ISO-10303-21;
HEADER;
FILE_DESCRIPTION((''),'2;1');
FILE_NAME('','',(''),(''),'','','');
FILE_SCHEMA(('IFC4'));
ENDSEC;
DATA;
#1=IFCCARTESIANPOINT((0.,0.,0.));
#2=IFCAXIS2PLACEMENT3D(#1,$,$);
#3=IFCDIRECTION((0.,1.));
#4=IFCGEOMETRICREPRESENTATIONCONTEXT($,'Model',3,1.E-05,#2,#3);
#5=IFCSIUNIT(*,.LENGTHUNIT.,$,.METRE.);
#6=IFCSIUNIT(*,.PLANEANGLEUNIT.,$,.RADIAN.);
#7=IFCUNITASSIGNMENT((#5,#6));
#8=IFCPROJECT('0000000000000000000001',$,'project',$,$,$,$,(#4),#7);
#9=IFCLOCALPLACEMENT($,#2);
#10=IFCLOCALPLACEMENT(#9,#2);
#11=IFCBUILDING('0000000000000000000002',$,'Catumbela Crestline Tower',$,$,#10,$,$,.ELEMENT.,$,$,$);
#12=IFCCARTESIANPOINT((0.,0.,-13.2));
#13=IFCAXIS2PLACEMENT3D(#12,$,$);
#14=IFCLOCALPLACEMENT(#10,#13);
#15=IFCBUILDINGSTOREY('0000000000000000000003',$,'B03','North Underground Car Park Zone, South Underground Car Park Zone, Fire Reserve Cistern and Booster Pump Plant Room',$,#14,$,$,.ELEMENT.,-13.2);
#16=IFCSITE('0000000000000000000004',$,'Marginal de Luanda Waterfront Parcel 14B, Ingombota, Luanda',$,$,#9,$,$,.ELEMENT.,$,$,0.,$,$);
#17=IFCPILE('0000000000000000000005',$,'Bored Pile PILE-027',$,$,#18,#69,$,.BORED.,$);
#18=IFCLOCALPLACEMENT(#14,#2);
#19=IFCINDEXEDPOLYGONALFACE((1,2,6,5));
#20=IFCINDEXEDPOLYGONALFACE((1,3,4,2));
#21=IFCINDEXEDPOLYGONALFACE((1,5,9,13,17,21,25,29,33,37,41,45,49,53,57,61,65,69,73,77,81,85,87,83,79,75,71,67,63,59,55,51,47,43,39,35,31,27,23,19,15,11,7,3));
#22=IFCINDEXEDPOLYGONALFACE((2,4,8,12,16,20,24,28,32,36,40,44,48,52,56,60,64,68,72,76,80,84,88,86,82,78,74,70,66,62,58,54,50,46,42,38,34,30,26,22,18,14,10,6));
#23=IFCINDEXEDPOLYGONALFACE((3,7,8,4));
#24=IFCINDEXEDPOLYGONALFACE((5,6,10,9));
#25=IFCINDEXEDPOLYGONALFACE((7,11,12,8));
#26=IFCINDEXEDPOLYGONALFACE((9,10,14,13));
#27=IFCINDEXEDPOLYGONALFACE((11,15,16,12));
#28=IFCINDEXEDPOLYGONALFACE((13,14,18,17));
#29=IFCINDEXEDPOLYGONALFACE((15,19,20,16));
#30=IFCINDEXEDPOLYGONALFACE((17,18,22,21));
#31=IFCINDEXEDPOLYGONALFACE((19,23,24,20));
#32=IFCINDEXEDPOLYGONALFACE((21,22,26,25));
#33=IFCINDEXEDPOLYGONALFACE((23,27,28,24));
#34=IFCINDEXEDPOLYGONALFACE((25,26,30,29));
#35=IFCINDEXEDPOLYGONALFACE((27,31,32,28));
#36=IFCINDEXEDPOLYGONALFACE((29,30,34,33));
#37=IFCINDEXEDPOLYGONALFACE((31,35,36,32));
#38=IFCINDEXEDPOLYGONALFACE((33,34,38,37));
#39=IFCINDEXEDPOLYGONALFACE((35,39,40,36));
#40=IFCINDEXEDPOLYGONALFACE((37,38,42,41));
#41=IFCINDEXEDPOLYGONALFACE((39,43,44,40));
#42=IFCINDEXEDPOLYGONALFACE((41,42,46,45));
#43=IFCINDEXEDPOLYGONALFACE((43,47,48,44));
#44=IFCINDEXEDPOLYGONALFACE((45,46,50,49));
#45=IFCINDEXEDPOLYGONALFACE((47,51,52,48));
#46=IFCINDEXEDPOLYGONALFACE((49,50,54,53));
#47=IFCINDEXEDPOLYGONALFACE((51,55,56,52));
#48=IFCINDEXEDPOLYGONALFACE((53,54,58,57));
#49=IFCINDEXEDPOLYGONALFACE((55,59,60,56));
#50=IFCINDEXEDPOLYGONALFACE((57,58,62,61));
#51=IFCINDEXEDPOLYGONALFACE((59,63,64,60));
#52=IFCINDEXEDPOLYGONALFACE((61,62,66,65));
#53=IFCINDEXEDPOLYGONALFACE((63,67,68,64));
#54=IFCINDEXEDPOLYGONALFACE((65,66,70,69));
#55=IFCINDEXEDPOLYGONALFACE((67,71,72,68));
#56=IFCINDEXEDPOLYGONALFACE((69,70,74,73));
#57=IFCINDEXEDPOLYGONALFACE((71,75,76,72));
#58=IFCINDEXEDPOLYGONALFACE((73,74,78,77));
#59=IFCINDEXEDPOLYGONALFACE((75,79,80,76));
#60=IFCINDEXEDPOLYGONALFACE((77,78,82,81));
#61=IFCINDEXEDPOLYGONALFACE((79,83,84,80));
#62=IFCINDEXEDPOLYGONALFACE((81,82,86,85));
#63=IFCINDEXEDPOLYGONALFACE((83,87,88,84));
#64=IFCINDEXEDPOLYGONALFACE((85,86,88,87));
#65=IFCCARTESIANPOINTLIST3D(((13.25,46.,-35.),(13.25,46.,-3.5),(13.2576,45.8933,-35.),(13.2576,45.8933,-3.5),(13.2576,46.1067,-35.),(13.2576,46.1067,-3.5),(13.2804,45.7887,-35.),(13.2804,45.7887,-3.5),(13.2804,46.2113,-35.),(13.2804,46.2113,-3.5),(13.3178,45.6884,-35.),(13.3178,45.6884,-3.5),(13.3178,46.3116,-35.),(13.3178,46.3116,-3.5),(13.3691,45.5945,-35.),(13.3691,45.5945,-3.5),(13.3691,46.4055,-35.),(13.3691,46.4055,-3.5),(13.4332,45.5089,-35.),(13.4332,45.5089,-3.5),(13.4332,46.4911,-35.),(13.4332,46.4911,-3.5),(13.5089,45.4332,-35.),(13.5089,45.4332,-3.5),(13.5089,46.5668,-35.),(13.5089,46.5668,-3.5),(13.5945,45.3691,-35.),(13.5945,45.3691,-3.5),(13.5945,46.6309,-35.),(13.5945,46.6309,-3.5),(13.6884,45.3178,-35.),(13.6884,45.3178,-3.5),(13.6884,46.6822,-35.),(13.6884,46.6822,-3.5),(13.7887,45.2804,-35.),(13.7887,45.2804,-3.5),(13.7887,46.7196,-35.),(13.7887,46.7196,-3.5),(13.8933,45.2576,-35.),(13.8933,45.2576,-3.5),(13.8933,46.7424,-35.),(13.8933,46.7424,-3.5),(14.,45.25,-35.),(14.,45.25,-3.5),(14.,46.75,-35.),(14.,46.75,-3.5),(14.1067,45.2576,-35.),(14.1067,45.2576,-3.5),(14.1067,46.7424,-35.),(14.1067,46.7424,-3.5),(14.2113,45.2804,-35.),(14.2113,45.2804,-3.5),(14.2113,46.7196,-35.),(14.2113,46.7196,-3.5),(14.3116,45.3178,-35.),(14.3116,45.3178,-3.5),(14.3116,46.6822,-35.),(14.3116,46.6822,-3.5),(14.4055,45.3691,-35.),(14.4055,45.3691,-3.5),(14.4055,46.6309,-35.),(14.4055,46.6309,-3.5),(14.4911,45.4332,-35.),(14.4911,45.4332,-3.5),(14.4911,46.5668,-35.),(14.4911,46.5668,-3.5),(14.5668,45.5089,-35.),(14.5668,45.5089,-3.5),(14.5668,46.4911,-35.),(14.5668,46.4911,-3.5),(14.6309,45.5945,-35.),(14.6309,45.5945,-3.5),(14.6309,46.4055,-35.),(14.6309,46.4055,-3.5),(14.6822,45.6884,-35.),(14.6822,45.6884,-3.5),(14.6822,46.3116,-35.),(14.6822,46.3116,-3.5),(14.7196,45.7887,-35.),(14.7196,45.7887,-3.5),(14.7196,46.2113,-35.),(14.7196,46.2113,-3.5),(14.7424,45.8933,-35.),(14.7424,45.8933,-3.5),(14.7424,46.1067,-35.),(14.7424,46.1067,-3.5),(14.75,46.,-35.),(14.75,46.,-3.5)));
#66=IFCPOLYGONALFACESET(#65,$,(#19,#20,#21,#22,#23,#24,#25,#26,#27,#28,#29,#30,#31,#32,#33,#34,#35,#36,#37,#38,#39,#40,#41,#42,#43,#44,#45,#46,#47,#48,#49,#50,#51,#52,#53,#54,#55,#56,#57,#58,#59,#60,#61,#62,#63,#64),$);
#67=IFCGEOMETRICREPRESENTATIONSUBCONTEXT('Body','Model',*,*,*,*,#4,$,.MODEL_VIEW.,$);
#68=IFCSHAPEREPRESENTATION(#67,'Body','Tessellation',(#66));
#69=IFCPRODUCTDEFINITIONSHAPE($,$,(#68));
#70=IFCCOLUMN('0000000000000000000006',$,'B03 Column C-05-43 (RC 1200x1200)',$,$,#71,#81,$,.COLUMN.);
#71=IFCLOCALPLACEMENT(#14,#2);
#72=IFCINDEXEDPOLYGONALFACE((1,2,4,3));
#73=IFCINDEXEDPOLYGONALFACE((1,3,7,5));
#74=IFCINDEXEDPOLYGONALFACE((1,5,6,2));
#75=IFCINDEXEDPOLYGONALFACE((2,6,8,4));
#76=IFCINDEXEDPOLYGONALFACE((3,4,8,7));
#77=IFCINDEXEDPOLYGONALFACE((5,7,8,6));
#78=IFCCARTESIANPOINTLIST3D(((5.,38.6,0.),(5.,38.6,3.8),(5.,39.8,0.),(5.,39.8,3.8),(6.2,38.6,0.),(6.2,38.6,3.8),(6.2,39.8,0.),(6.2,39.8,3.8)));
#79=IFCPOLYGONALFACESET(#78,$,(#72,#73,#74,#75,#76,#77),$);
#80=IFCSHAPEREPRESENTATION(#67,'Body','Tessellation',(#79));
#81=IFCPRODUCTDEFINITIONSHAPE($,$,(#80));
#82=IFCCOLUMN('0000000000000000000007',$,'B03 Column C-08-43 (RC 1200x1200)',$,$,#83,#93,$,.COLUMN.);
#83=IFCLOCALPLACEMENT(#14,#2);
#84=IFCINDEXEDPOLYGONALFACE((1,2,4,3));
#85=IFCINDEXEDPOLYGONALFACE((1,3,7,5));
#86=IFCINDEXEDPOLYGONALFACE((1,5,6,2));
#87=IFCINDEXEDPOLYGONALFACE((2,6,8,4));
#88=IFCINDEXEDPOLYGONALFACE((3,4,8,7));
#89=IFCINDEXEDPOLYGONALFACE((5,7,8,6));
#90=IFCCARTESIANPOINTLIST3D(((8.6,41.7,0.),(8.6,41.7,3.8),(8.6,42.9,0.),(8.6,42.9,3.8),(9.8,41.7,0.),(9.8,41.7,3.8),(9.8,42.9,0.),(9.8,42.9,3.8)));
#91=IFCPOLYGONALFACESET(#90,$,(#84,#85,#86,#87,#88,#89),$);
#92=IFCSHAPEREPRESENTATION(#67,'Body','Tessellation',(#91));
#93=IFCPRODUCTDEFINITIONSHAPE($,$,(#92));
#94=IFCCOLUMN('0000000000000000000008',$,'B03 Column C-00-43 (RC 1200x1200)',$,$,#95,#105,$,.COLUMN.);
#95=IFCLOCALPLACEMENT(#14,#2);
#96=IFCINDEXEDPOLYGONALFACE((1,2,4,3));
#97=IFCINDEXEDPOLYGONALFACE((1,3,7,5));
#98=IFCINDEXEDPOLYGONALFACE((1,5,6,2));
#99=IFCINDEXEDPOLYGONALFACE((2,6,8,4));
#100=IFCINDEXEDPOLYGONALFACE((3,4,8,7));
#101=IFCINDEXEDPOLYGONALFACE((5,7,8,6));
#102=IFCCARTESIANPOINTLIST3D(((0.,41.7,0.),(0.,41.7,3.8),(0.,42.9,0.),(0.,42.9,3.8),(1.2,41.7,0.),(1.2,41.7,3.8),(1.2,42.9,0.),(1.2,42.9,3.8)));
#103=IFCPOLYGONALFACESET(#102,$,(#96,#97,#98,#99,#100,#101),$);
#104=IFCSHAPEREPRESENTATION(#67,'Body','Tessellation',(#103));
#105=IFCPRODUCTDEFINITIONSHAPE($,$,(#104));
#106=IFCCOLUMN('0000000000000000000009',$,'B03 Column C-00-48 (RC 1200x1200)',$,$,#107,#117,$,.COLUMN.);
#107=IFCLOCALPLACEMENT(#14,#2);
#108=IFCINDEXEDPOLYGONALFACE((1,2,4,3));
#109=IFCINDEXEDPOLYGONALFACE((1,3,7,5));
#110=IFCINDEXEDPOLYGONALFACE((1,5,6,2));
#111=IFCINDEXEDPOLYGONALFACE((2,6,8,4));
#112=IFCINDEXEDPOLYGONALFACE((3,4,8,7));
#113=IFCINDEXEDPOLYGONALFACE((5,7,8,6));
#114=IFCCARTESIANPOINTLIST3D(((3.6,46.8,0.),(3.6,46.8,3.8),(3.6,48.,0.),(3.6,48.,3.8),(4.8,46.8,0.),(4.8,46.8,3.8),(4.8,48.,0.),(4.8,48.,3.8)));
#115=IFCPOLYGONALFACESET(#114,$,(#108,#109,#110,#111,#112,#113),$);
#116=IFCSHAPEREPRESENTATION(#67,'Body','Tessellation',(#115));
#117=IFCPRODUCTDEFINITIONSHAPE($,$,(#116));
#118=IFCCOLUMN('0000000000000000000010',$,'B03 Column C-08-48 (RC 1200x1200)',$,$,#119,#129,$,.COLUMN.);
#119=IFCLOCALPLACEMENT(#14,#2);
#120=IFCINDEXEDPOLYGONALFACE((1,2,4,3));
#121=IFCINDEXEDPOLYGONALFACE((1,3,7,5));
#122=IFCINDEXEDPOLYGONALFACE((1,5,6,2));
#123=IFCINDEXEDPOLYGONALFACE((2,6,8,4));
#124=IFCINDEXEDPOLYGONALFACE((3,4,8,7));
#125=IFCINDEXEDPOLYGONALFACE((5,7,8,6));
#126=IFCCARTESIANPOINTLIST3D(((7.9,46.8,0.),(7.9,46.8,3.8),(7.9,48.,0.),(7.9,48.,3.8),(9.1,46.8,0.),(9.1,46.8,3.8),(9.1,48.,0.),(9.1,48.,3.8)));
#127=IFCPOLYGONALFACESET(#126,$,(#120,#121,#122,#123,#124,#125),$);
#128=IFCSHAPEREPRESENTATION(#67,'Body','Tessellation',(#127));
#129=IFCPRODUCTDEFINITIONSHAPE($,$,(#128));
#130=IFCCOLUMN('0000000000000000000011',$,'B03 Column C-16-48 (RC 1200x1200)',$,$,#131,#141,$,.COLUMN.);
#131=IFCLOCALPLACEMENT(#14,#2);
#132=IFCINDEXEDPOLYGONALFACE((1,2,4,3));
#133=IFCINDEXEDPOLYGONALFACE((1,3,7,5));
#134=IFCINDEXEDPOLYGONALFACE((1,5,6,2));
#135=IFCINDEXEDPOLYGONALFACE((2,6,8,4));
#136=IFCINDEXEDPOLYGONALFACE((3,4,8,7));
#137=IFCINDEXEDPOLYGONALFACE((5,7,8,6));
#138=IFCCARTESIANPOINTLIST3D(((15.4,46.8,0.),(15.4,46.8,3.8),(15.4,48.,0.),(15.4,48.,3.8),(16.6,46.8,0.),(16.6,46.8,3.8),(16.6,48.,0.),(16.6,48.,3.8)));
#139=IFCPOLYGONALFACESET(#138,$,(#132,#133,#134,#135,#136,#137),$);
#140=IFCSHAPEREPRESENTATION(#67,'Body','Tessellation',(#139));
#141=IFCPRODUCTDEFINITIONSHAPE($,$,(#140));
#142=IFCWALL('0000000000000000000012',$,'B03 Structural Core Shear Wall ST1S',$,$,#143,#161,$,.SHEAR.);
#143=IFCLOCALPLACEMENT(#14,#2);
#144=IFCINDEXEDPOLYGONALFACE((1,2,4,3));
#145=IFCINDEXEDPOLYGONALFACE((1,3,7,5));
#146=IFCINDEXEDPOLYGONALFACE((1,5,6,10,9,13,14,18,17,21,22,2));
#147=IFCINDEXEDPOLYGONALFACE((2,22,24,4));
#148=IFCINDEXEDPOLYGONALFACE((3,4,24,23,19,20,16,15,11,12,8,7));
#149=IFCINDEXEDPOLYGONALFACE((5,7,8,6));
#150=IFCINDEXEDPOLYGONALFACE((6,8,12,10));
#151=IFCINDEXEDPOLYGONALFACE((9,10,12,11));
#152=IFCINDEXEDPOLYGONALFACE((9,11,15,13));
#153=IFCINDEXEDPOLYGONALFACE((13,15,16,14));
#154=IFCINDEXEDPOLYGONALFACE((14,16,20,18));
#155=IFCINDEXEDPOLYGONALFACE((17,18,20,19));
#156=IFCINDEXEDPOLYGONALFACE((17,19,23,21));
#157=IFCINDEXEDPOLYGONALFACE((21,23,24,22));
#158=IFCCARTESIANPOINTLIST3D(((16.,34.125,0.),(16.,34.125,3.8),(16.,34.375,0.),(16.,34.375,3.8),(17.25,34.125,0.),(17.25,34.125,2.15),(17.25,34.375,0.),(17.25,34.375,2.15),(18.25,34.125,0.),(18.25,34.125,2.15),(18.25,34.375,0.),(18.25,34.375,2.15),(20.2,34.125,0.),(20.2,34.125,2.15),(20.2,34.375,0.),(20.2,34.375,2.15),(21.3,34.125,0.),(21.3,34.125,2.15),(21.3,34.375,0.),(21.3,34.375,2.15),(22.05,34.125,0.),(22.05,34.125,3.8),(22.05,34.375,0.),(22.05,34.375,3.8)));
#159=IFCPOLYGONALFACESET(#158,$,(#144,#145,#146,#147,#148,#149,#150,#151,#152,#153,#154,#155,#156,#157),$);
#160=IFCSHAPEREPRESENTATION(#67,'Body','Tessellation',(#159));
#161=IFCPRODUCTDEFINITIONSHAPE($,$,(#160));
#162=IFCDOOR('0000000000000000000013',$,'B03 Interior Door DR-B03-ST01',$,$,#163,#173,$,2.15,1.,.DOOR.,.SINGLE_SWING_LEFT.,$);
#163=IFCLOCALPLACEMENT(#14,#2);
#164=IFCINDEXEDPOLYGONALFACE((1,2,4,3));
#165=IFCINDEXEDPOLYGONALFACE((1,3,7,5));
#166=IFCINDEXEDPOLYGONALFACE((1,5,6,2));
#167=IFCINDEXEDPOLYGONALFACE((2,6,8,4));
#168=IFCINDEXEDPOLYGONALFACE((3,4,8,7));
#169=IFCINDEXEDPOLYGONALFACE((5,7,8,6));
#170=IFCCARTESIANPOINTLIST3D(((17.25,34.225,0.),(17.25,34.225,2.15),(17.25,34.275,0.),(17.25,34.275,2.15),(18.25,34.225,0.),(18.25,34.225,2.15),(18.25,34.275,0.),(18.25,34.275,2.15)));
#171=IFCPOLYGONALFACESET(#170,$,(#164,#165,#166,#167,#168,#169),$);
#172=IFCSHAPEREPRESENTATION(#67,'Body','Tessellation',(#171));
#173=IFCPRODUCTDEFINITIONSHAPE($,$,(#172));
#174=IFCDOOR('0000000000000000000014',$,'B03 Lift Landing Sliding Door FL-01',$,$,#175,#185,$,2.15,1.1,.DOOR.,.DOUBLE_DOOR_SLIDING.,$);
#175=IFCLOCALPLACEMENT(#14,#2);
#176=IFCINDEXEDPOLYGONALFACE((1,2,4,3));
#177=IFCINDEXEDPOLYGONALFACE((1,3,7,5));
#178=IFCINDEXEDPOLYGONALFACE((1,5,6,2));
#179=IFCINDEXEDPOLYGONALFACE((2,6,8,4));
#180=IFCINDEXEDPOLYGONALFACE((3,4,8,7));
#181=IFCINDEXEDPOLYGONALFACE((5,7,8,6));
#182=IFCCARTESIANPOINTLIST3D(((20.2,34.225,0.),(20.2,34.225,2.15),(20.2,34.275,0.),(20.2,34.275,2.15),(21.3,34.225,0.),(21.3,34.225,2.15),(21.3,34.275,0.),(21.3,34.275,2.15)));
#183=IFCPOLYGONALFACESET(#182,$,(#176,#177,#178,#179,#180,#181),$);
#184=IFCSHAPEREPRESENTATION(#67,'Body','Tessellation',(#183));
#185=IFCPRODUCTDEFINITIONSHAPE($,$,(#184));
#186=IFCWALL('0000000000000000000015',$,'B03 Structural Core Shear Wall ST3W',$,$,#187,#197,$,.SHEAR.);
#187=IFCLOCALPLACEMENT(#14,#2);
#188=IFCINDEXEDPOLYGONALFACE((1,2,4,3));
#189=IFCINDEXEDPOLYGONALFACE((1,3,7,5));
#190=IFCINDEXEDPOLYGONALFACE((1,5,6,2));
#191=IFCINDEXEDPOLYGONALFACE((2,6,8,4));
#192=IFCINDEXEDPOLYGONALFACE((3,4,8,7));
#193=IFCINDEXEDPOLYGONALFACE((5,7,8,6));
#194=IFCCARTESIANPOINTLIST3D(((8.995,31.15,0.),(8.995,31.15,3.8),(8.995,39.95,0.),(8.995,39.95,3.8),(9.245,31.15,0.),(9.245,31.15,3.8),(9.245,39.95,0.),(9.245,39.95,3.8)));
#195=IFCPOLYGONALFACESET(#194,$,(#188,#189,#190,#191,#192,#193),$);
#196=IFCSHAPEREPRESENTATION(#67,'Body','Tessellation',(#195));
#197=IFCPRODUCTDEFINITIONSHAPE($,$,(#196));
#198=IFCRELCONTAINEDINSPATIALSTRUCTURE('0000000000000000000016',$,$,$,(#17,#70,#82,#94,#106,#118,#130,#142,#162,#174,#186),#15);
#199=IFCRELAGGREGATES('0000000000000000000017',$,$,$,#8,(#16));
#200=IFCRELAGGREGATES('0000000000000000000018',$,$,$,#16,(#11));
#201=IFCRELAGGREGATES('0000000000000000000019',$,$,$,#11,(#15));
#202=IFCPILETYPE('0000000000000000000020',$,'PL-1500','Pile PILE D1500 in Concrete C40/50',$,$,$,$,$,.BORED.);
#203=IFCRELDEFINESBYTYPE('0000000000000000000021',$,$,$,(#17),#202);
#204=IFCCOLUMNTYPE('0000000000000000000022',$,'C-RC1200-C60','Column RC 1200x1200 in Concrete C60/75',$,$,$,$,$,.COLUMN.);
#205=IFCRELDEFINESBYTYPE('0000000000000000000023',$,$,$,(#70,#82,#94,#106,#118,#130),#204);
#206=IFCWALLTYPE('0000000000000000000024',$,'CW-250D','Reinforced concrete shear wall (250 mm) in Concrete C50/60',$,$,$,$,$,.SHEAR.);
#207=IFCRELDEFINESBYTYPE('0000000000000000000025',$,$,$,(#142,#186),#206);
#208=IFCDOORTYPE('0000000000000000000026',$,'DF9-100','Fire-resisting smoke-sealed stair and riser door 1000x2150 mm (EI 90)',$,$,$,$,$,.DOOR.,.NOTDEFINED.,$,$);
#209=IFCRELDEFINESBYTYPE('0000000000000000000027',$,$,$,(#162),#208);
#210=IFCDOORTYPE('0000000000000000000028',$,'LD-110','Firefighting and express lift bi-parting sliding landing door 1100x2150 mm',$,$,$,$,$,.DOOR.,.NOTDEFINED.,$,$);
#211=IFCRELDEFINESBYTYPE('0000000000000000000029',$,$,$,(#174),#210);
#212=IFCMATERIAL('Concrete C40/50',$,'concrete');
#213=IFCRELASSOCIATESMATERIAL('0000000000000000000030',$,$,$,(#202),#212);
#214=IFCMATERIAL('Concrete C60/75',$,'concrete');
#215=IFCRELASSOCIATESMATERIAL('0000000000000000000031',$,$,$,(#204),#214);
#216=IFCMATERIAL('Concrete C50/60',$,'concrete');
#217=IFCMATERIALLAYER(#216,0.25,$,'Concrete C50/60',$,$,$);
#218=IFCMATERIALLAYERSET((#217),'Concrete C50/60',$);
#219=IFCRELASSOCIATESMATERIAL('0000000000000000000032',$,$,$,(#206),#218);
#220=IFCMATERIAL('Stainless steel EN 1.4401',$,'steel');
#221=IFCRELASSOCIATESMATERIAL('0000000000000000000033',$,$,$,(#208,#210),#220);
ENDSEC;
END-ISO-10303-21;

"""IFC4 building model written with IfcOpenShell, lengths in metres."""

from ifc_helpers import new_model, si_unit, direction, frame, frame_2d, origin, origin_2d, place, context, subcontext, project, spatial, rectangle, circle, extrude, material, layer, layer_set, material_profile, profile_set, type_object, element, fill, save


model = new_model("IFC4")

# Units and contexts
model_context = context("Model", 3, precision=1e-05, world=origin(), true_north=direction((0.0, 1.0)))
body_context = subcontext(model_context, "Body", "Model", "MODEL_VIEW")
ifc_project = project(units=[si_unit("LENGTHUNIT", "METRE"), si_unit("PLANEANGLEUNIT", "RADIAN")], contexts=[model_context])

# Site, building, storey
site_placement = place(None, origin())
site = spatial("IfcSite", under=ifc_project, at=site_placement, Name="Marginal de Luanda Waterfront Parcel 14B, Ingombota, Luanda", CompositionType="ELEMENT", RefElevation=0.0)
building_placement = place(site_placement, origin())
building = spatial("IfcBuilding", under=site, at=building_placement, Name="Catumbela Crestline Tower", CompositionType="ELEMENT")
storey_placement = place(building_placement, frame((0.0, 0.0, -13.2)))
storey = spatial("IfcBuildingStorey", under=building, at=storey_placement, Name="B03", Description="North Underground Car Park Zone, South Underground Car Park Zone, Fire Reserve Cistern and Booster Pump Plant Room", CompositionType="ELEMENT", Elevation=-13.2)

# Pile
ifc_material_1 = material(Name="Concrete C40/50", Category="concrete")
ifc_material_profile_1 = material_profile(ifc_material_1, circle(Radius=0.75, at=origin_2d()), Name="PILE D1500")
ifc_profile_set_1 = profile_set([ifc_material_profile_1], Name="Concrete C40/50")
pile_type_1 = type_object("IfcPileType", Name="PL-1500", Description="Pile PILE D1500 in Concrete C40/50", PredefinedType="BORED", material=ifc_profile_set_1)
for number, where, z_axis, x_axis, name in (
    (1, (14.0, 46.0, -3.5), (0.0, 0.0, -1.0), (1.0, 0.0, 0.0), "Bored Pile PILE-027"),
):
    element("IfcPile", number, at=place(storey_placement, frame(where, z_axis=z_axis, x_axis=x_axis)), inside=storey, type_object=pile_type_1, Name=name, PredefinedType="BORED", context=body_context, shape_type="SweptSolid", body=[
        extrude(circle(Radius=0.75, at=origin_2d()), origin(), (0.0, 0.0, 1.0), 31.5),
    ])

# Columns
ifc_material_2 = material(Name="Concrete C60/75", Category="concrete")
ifc_material_profile_2 = material_profile(ifc_material_2, rectangle(XDim=1.2, YDim=1.2, at=origin_2d()), Name="RC 1200x1200")
ifc_profile_set_2 = profile_set([ifc_material_profile_2], Name="Concrete C60/75")
column_type = type_object("IfcColumnType", Name="C-RC1200-C60", Description="Column RC 1200x1200 in Concrete C60/75", PredefinedType="COLUMN", material=ifc_profile_set_2)
for number, where, z_axis, x_axis, name in (
    (2, (5.6, 39.2, 0.0), (0.0, 0.0, 1.0), (1.0, 0.0, 0.0), "B03 Column C-05-43 (RC 1200x1200)"),
    (3, (9.2, 42.3, 0.0), (0.0, 0.0, 1.0), (1.0, 0.0, 0.0), "B03 Column C-08-43 (RC 1200x1200)"),
    (4, (0.6, 42.3, 0.0), (0.0, 0.0, 1.0), (1.0, 0.0, 0.0), "B03 Column C-00-43 (RC 1200x1200)"),
    (5, (4.2, 47.4, 0.0), (0.0, 0.0, 1.0), (1.0, 0.0, 0.0), "B03 Column C-00-48 (RC 1200x1200)"),
    (6, (8.5, 47.4, 0.0), (0.0, 0.0, 1.0), (1.0, 0.0, 0.0), "B03 Column C-08-48 (RC 1200x1200)"),
    (7, (16.0, 47.4, 0.0), (0.0, 0.0, 1.0), (1.0, 0.0, 0.0), "B03 Column C-16-48 (RC 1200x1200)"),
):
    element("IfcColumn", number, at=place(storey_placement, frame(where, z_axis=z_axis, x_axis=x_axis)), inside=storey, type_object=column_type, Name=name, PredefinedType="COLUMN", context=body_context, shape_type="SweptSolid", body=[
        extrude(rectangle(XDim=1.2, YDim=1.2, at=origin_2d()), origin(), (0.0, 0.0, 1.0), 3.8),
    ])

# Wall, openings, doors
ifc_material_3 = material(Name="Concrete C50/60", Category="concrete")
ifc_layer_1 = layer(ifc_material_3, 0.25, Name="Concrete C50/60")
ifc_layer_set_1 = layer_set([ifc_layer_1], Name="Concrete C50/60")
wall_type_1 = type_object("IfcWallType", Name="CW-250D", Description="Reinforced concrete shear wall (250 mm) in Concrete C50/60", PredefinedType="SHEAR", material=ifc_layer_set_1)
wall_1_placement = place(storey_placement, frame((16.0, 34.25, 0.0), z_axis=(0.0, 0.0, 1.0), x_axis=(1.0, 0.0, 0.0)))
wall_1 = element("IfcWall", 8, at=wall_1_placement, inside=storey, type_object=wall_type_1, Name="B03 Structural Core Shear Wall ST1S", PredefinedType="SHEAR", context=body_context, shape_type="SweptSolid", body=[
    extrude(rectangle(XDim=6.05, YDim=0.25, at=frame_2d((3.025, 0.0))), origin(), (0.0, 0.0, 1.0), 3.8),
])
opening_1_placement = place(wall_1_placement, frame((1.25, 0.0, 0.0)))
opening_1 = element("IfcOpeningElement", 9, at=opening_1_placement, cuts=wall_1, PredefinedType="OPENING", context=body_context, shape_type="SweptSolid", body=[
    extrude(rectangle(XDim=1.0, YDim=2.15, at=frame_2d((0.5, 1.075))), frame((0.0, 0.135, 0.0), z_axis=(0.0, -1.0, 0.0), x_axis=(1.0, 0.0, 0.0)), (0.0, 0.0, 1.0), 0.27),
])
opening_2_placement = place(wall_1_placement, frame((4.2, 0.0, 0.0)))
opening_2 = element("IfcOpeningElement", 10, at=opening_2_placement, cuts=wall_1, PredefinedType="OPENING", context=body_context, shape_type="SweptSolid", body=[
    extrude(rectangle(XDim=1.1, YDim=2.15, at=frame_2d((0.55, 1.075))), frame((0.0, 0.135, 0.0), z_axis=(0.0, -1.0, 0.0), x_axis=(1.0, 0.0, 0.0)), (0.0, 0.0, 1.0), 0.27),
])
ifc_material_4 = material(Name="Stainless steel EN 1.4401", Category="steel")
door_type_1 = type_object("IfcDoorType", Name="DF9-100", Description="Fire-resisting smoke-sealed stair and riser door 1000x2150 mm (EI 90)", OperationType="NOTDEFINED", PredefinedType="DOOR", material=ifc_material_4)
door_1_placement = place(opening_1_placement, origin())
door_1 = element("IfcDoor", 11, at=door_1_placement, inside=storey, type_object=door_type_1, Name="B03 Interior Door DR-B03-ST01", OperationType="SINGLE_SWING_LEFT", OverallHeight=2.15, OverallWidth=1.0, PredefinedType="DOOR", context=body_context, shape_type="SweptSolid", body=[
    extrude(rectangle(XDim=1.0, YDim=2.15, at=frame_2d((0.5, 1.075))), frame((0.0, 0.025, 0.0), z_axis=(0.0, -1.0, 0.0), x_axis=(1.0, 0.0, 0.0)), (0.0, 0.0, 1.0), 0.05),
])
fill(opening_1, door_1)
door_type_2 = type_object("IfcDoorType", Name="LD-110", Description="Firefighting and express lift bi-parting sliding landing door 1100x2150 mm", OperationType="NOTDEFINED", PredefinedType="DOOR", material=ifc_material_4)
door_2_placement = place(opening_2_placement, origin())
door_2 = element("IfcDoor", 12, at=door_2_placement, inside=storey, type_object=door_type_2, Name="B03 Lift Landing Sliding Door FL-01", OperationType="DOUBLE_DOOR_SLIDING", OverallHeight=2.15, OverallWidth=1.1, PredefinedType="DOOR", context=body_context, shape_type="SweptSolid", body=[
    extrude(rectangle(XDim=1.1, YDim=2.15, at=frame_2d((0.55, 1.075))), frame((0.0, 0.025, 0.0), z_axis=(0.0, -1.0, 0.0), x_axis=(1.0, 0.0, 0.0)), (0.0, 0.0, 1.0), 0.05),
])
fill(opening_2, door_2)

# Wall
for number, where, z_axis, x_axis, name in (
    (13, (9.12, 31.15, 0.0), (0.0, 0.0, 1.0), (0.0, 1.0, 0.0), "B03 Structural Core Shear Wall ST3W"),
):
    element("IfcWall", number, at=place(storey_placement, frame(where, z_axis=z_axis, x_axis=x_axis)), inside=storey, type_object=wall_type_1, Name=name, PredefinedType="SHEAR", context=body_context, shape_type="SweptSolid", body=[
        extrude(rectangle(XDim=8.8, YDim=0.25, at=frame_2d((4.4, 0.0))), origin(), (0.0, 0.0, 1.0), 3.8),
    ])

save(model, "model.ifc")
